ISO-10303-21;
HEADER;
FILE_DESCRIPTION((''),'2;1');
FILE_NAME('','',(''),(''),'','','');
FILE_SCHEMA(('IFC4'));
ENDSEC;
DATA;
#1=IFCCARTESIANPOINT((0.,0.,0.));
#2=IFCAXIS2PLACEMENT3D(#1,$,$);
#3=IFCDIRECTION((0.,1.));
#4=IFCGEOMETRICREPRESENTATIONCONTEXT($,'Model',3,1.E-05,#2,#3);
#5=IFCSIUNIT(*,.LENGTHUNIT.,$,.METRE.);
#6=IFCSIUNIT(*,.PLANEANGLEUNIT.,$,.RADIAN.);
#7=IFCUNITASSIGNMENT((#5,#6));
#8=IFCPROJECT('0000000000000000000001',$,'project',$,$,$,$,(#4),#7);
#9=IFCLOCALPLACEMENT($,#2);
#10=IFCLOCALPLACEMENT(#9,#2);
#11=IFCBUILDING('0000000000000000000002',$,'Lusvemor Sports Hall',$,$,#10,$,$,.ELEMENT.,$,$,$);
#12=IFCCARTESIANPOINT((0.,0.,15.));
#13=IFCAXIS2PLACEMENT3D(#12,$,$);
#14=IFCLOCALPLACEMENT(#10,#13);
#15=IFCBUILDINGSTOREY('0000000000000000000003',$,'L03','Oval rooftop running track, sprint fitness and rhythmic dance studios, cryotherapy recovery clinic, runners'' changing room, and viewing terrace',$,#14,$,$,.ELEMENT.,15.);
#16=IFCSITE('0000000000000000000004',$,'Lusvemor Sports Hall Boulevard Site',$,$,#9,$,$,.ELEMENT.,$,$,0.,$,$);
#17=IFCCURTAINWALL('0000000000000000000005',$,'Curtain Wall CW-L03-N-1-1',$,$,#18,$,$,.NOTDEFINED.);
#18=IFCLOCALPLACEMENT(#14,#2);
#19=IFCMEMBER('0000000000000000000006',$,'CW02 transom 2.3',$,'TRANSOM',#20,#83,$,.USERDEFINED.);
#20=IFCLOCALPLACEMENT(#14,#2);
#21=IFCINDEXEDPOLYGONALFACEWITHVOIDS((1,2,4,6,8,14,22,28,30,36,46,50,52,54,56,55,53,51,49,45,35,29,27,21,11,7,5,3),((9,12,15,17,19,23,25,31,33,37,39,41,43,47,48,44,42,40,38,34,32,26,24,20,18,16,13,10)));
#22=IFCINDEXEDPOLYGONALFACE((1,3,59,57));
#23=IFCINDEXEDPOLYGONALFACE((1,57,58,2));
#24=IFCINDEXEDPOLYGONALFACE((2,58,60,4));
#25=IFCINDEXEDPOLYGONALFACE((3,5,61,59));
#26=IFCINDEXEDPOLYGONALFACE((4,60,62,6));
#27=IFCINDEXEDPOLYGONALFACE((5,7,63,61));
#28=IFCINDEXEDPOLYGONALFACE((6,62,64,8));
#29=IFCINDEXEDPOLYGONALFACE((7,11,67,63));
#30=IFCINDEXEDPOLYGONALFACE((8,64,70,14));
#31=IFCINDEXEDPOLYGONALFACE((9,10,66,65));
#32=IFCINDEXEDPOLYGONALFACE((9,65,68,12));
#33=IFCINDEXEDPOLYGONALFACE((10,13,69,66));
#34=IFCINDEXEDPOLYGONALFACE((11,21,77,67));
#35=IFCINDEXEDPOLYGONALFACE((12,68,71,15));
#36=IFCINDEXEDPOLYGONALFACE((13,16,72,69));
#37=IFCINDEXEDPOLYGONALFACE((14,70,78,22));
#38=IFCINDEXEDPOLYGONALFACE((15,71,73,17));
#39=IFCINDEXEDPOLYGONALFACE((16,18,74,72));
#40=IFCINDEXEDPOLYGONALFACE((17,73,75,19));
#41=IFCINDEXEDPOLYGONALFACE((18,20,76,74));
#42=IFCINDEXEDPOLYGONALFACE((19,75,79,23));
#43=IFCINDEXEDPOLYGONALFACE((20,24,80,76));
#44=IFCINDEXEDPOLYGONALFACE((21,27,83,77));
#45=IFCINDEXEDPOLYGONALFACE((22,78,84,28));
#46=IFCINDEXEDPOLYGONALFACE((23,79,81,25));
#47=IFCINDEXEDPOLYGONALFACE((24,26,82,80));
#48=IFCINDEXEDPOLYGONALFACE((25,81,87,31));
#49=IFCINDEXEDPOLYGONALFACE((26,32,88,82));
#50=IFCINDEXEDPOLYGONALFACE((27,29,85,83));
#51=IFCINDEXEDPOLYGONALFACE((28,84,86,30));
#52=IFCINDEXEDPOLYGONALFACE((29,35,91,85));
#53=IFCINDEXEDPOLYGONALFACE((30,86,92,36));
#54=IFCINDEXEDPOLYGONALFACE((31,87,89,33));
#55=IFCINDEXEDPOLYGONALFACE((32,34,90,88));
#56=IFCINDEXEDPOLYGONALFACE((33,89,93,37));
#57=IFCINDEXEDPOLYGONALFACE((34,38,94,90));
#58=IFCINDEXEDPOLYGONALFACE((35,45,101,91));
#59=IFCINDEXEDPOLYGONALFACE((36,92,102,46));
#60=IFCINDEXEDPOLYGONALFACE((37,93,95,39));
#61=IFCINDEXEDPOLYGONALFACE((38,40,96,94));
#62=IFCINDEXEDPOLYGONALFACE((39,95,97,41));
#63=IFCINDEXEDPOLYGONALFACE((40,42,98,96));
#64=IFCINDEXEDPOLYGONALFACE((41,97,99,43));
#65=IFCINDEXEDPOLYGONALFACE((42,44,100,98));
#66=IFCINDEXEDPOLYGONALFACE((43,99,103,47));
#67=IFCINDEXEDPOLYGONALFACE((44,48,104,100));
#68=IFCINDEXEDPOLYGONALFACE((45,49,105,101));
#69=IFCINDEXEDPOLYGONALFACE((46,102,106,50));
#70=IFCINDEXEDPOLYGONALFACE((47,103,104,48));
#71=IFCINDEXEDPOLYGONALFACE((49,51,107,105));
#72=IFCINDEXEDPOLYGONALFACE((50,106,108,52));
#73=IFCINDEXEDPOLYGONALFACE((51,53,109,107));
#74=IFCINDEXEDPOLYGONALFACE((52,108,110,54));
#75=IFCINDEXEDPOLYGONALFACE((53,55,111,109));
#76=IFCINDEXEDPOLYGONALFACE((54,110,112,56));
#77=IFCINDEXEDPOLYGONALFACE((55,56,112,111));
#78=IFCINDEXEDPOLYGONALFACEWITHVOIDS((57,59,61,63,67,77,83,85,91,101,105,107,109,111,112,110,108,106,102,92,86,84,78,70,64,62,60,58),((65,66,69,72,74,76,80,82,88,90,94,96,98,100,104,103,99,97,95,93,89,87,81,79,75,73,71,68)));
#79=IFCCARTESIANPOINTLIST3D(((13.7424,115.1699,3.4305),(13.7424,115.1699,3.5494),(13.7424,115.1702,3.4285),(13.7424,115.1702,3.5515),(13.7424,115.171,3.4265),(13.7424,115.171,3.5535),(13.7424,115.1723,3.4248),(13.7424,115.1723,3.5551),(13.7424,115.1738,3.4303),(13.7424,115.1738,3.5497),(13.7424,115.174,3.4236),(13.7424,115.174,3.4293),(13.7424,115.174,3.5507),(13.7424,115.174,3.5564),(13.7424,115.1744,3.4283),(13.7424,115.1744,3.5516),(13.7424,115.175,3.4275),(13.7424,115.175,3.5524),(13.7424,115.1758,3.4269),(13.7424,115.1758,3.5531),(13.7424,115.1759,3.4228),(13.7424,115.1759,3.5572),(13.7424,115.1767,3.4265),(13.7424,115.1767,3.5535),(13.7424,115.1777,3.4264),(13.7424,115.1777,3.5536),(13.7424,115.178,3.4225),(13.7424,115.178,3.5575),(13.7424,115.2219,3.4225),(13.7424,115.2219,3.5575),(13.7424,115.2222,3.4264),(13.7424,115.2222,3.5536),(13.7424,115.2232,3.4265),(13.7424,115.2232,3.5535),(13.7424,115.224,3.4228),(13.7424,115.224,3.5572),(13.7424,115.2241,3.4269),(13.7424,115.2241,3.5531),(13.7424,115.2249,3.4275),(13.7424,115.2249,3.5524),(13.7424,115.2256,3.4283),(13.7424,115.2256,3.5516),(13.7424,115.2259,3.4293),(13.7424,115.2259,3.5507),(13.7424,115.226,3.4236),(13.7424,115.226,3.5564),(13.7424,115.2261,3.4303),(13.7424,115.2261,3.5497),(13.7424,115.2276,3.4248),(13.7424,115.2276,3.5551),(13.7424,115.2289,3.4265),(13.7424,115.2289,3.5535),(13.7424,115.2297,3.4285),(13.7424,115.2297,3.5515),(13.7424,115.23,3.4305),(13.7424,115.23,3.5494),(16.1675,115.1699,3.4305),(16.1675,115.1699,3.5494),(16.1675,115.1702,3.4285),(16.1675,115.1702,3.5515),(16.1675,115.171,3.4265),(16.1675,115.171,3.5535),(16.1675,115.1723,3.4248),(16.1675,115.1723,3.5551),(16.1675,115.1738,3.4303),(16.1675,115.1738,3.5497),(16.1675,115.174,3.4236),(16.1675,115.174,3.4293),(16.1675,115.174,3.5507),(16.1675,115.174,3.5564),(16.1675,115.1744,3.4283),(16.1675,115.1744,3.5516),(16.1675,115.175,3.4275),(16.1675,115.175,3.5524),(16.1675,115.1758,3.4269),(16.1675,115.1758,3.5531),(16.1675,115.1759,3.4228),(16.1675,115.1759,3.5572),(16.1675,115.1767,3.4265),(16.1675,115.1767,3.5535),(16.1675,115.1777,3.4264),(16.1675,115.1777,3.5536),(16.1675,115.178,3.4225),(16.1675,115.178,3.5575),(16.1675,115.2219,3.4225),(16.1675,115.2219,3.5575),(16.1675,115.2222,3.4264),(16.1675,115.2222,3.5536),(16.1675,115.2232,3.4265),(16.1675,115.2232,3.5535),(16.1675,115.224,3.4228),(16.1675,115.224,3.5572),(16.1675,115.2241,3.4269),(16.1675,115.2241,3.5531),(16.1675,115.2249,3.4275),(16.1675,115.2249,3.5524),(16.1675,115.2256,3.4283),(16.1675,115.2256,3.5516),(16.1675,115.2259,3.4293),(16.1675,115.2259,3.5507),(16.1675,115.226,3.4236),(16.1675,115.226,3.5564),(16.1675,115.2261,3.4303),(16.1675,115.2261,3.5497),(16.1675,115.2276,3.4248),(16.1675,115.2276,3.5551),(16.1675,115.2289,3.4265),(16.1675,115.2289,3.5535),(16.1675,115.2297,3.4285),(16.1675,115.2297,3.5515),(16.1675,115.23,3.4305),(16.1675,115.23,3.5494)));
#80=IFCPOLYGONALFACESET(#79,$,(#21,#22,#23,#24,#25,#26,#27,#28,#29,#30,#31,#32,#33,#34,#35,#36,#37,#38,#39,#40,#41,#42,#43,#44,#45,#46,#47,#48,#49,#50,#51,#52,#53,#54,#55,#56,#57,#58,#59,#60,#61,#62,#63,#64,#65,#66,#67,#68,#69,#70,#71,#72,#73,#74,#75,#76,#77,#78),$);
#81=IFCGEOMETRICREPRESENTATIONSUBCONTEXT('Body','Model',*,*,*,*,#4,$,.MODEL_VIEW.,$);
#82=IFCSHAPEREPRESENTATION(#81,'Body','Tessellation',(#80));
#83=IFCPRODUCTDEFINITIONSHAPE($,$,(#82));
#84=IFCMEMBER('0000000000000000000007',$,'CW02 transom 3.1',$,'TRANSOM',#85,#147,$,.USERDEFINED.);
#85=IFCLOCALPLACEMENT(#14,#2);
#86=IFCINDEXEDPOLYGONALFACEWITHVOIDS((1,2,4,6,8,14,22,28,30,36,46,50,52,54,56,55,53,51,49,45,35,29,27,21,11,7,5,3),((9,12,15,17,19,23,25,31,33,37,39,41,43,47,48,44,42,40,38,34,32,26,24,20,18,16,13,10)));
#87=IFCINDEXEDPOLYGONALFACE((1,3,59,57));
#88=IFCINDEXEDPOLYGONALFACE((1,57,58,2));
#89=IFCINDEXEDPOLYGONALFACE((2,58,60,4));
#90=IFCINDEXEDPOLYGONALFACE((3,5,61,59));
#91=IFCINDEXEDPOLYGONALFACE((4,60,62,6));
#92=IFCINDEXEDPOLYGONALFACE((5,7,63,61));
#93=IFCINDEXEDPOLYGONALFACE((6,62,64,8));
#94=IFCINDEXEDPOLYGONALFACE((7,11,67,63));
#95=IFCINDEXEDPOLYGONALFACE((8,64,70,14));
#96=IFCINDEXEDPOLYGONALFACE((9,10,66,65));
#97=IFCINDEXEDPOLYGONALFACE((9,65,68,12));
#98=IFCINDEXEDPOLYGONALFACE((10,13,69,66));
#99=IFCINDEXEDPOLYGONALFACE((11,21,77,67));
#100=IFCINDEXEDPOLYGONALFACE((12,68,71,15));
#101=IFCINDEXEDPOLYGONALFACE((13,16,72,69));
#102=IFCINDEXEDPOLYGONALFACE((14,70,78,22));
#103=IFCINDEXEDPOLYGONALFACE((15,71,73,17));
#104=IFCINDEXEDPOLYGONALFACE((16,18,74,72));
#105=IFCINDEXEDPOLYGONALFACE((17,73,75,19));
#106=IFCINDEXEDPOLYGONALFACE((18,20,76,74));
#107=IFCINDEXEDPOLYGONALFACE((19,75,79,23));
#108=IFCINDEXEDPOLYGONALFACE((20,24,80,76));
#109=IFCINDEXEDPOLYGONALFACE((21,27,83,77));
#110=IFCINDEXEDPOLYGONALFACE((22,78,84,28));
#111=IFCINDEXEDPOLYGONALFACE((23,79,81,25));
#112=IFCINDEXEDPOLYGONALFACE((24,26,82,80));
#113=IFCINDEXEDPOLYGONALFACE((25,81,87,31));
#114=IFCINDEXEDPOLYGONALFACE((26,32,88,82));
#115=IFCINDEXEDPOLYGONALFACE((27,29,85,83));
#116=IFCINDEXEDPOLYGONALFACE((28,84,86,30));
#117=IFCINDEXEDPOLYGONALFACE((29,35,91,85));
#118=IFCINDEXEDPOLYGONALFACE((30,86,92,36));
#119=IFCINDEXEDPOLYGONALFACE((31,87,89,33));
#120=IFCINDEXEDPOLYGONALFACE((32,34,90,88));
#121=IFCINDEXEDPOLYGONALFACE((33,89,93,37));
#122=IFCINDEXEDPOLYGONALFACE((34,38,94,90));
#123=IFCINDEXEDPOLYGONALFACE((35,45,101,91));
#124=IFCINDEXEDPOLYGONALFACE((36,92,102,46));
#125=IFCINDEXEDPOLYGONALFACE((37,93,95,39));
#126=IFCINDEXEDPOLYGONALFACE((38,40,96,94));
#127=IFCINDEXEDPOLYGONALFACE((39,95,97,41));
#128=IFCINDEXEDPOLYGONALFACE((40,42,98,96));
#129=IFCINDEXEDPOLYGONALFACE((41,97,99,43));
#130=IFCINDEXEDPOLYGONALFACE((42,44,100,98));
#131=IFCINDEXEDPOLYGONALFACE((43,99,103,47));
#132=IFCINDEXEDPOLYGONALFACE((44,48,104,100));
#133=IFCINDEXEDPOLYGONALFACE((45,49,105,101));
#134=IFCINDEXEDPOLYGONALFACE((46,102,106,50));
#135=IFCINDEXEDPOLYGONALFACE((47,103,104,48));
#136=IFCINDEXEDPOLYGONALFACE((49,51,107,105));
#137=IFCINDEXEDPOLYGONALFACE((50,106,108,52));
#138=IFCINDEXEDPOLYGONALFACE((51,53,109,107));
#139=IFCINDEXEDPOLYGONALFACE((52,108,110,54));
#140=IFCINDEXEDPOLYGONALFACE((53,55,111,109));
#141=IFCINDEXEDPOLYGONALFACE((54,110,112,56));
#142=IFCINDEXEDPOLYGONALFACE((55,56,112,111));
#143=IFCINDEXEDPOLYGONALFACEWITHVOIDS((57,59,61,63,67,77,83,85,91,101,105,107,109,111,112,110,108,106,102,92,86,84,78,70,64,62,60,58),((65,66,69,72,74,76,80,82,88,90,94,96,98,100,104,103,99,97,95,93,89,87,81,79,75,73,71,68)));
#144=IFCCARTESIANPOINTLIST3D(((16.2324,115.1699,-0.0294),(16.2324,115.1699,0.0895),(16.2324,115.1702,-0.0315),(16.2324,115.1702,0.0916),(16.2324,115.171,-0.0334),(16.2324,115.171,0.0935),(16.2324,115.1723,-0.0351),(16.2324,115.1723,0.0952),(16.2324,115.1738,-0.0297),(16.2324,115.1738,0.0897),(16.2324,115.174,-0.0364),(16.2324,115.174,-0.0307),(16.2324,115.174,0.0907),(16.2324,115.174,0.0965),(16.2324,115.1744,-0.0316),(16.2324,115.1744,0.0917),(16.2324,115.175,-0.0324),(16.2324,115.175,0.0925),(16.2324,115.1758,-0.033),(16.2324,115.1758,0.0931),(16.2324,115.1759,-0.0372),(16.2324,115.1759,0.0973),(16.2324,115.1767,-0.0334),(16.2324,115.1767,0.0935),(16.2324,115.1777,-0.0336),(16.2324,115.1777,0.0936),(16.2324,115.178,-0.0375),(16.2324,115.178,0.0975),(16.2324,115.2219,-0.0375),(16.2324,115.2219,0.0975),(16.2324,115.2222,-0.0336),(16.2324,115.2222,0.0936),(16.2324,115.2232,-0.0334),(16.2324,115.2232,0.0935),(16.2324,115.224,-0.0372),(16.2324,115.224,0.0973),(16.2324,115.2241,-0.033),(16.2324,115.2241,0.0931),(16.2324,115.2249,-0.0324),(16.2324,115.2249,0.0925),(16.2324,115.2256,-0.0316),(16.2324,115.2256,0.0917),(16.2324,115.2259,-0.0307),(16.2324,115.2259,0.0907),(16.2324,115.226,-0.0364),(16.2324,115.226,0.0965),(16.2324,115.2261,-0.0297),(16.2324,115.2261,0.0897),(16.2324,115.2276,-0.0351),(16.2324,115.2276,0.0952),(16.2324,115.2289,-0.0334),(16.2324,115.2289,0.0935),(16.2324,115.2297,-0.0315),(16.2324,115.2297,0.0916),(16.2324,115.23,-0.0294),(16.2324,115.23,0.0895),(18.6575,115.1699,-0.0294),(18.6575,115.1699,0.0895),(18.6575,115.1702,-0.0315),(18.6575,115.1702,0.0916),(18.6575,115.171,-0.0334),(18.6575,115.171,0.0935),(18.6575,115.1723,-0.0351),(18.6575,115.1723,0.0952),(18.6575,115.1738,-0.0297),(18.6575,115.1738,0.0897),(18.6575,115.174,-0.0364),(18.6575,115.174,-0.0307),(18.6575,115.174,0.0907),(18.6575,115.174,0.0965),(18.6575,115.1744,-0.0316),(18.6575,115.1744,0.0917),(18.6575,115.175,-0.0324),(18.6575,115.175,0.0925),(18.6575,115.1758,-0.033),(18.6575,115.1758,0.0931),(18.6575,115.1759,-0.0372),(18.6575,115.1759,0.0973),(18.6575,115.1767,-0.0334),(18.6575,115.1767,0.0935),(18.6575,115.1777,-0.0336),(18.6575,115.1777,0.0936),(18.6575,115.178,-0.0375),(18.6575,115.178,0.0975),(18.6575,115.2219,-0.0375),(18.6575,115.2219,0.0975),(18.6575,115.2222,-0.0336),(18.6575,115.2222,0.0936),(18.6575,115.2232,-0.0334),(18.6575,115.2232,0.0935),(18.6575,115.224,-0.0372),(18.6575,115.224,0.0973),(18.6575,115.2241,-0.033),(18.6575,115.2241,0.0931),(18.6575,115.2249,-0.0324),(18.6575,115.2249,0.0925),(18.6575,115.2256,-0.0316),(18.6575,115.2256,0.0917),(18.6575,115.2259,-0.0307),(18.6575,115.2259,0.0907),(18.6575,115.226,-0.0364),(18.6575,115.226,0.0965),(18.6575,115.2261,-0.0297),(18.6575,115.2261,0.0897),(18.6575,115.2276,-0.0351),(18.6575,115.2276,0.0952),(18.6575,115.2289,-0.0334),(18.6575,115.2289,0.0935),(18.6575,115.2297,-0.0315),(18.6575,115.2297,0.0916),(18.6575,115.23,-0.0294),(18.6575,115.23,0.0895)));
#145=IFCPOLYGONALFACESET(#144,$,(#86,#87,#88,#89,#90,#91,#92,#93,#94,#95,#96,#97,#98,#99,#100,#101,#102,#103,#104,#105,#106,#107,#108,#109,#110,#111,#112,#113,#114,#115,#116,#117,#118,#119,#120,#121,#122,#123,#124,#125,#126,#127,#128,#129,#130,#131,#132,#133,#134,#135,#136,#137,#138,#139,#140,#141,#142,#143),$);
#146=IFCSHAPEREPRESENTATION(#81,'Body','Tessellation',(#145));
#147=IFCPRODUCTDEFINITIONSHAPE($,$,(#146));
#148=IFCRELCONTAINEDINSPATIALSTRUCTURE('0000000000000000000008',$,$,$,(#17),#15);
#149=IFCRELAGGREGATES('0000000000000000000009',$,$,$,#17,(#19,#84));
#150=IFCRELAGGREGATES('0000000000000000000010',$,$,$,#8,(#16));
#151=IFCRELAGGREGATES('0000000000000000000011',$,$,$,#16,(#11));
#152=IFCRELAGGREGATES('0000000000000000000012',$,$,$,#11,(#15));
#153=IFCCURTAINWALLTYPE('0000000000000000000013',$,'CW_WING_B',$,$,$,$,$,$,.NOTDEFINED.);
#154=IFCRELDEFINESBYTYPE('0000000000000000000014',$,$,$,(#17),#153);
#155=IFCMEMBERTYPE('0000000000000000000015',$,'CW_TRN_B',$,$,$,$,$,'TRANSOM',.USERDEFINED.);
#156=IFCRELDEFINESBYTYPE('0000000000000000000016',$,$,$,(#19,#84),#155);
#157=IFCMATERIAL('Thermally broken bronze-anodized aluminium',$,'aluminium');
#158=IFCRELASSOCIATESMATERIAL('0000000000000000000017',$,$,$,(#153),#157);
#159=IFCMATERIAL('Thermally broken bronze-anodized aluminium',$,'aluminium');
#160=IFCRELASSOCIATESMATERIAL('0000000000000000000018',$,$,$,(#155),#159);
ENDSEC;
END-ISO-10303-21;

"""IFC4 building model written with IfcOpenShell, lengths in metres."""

from ifc_helpers import new_model, si_unit, direction, frame, origin, origin_2d, place, context, subcontext, project, spatial, hollow_rectangle, extrude, material, material_profile, profile_set, type_object, element, aggregate, save


model = new_model("IFC4")

# Units and contexts
model_context = context("Model", 3, precision=1e-05, world=origin(), true_north=direction((0.0, 1.0)))
body_context = subcontext(model_context, "Body", "Model", "MODEL_VIEW")
ifc_project = project(units=[si_unit("LENGTHUNIT", "METRE"), si_unit("PLANEANGLEUNIT", "RADIAN")], contexts=[model_context])

# Site, building, storey
site_placement = place(None, origin())
site = spatial("IfcSite", under=ifc_project, at=site_placement, Name="Lusvemor Sports Hall Boulevard Site", CompositionType="ELEMENT", RefElevation=0.0)
building_placement = place(site_placement, origin())
building = spatial("IfcBuilding", under=site, at=building_placement, Name="Lusvemor Sports Hall", CompositionType="ELEMENT")
storey_placement = place(building_placement, frame((0.0, 0.0, 15.0)))
storey = spatial("IfcBuildingStorey", under=building, at=storey_placement, Name="L03", Description="Oval rooftop running track, sprint fitness and rhythmic dance studios, cryotherapy recovery clinic, runners' changing room, and viewing terrace", CompositionType="ELEMENT", Elevation=15.0)

# Curtain wall, members
ifc_material_1 = material(Name="Thermally broken bronze-anodized aluminium", Category="aluminium")
curtain_wall_type = type_object("IfcCurtainWallType", Name="CW_WING_B", PredefinedType="NOTDEFINED", material=ifc_material_1)
curtain_wall_placement = place(storey_placement, origin())
curtain_wall = element("IfcCurtainWall", 1, at=curtain_wall_placement, inside=storey, type_object=curtain_wall_type, Name="Curtain Wall CW-L03-N-1-1", PredefinedType="NOTDEFINED")
ifc_material_2 = material(Name="Thermally broken bronze-anodized aluminium", Category="aluminium")
ifc_material_profile_1 = material_profile(ifc_material_2, hollow_rectangle(XDim=0.0601, YDim=0.135, WallThickness=0.0039, InnerFilletRadius=0.0039, OuterFilletRadius=0.0081, at=origin_2d()), Name="CWTRN135x60x4")
ifc_profile_set_1 = profile_set([ifc_material_profile_1], Name="Thermally broken bronze-anodized aluminium")
member_type_1 = type_object("IfcMemberType", Name="CW_TRN_B", ElementType="TRANSOM", PredefinedType="USERDEFINED", material=ifc_profile_set_1)
member_1_placement = place(storey_placement, frame((13.7424, 115.2, 3.49), z_axis=(1.0, 0.0, 0.0), x_axis=(0.0, 1.0, 0.0)))
member_1 = element("IfcMember", 2, at=member_1_placement, type_object=member_type_1, Name="CW02 transom 2.3", ObjectType="TRANSOM", PredefinedType="USERDEFINED", context=body_context, shape_type="SweptSolid", body=[
    extrude(hollow_rectangle(XDim=0.0601, YDim=0.135, WallThickness=0.0039, InnerFilletRadius=0.0039, OuterFilletRadius=0.0081, at=origin_2d()), origin(), (0.0, 0.0, 1.0), 2.425),
])
member_2_placement = place(storey_placement, frame((16.2324, 115.2, 0.03), z_axis=(1.0, 0.0, 0.0), x_axis=(0.0, 1.0, 0.0)))
member_2 = element("IfcMember", 3, at=member_2_placement, type_object=member_type_1, Name="CW02 transom 3.1", ObjectType="TRANSOM", PredefinedType="USERDEFINED", context=body_context, shape_type="SweptSolid", body=[
    extrude(hollow_rectangle(XDim=0.0601, YDim=0.135, WallThickness=0.0039, InnerFilletRadius=0.0039, OuterFilletRadius=0.0081, at=origin_2d()), origin(), (0.0, 0.0, 1.0), 2.425),
])

aggregate(curtain_wall, [member_1, member_2])

save(model, "model.ifc")
